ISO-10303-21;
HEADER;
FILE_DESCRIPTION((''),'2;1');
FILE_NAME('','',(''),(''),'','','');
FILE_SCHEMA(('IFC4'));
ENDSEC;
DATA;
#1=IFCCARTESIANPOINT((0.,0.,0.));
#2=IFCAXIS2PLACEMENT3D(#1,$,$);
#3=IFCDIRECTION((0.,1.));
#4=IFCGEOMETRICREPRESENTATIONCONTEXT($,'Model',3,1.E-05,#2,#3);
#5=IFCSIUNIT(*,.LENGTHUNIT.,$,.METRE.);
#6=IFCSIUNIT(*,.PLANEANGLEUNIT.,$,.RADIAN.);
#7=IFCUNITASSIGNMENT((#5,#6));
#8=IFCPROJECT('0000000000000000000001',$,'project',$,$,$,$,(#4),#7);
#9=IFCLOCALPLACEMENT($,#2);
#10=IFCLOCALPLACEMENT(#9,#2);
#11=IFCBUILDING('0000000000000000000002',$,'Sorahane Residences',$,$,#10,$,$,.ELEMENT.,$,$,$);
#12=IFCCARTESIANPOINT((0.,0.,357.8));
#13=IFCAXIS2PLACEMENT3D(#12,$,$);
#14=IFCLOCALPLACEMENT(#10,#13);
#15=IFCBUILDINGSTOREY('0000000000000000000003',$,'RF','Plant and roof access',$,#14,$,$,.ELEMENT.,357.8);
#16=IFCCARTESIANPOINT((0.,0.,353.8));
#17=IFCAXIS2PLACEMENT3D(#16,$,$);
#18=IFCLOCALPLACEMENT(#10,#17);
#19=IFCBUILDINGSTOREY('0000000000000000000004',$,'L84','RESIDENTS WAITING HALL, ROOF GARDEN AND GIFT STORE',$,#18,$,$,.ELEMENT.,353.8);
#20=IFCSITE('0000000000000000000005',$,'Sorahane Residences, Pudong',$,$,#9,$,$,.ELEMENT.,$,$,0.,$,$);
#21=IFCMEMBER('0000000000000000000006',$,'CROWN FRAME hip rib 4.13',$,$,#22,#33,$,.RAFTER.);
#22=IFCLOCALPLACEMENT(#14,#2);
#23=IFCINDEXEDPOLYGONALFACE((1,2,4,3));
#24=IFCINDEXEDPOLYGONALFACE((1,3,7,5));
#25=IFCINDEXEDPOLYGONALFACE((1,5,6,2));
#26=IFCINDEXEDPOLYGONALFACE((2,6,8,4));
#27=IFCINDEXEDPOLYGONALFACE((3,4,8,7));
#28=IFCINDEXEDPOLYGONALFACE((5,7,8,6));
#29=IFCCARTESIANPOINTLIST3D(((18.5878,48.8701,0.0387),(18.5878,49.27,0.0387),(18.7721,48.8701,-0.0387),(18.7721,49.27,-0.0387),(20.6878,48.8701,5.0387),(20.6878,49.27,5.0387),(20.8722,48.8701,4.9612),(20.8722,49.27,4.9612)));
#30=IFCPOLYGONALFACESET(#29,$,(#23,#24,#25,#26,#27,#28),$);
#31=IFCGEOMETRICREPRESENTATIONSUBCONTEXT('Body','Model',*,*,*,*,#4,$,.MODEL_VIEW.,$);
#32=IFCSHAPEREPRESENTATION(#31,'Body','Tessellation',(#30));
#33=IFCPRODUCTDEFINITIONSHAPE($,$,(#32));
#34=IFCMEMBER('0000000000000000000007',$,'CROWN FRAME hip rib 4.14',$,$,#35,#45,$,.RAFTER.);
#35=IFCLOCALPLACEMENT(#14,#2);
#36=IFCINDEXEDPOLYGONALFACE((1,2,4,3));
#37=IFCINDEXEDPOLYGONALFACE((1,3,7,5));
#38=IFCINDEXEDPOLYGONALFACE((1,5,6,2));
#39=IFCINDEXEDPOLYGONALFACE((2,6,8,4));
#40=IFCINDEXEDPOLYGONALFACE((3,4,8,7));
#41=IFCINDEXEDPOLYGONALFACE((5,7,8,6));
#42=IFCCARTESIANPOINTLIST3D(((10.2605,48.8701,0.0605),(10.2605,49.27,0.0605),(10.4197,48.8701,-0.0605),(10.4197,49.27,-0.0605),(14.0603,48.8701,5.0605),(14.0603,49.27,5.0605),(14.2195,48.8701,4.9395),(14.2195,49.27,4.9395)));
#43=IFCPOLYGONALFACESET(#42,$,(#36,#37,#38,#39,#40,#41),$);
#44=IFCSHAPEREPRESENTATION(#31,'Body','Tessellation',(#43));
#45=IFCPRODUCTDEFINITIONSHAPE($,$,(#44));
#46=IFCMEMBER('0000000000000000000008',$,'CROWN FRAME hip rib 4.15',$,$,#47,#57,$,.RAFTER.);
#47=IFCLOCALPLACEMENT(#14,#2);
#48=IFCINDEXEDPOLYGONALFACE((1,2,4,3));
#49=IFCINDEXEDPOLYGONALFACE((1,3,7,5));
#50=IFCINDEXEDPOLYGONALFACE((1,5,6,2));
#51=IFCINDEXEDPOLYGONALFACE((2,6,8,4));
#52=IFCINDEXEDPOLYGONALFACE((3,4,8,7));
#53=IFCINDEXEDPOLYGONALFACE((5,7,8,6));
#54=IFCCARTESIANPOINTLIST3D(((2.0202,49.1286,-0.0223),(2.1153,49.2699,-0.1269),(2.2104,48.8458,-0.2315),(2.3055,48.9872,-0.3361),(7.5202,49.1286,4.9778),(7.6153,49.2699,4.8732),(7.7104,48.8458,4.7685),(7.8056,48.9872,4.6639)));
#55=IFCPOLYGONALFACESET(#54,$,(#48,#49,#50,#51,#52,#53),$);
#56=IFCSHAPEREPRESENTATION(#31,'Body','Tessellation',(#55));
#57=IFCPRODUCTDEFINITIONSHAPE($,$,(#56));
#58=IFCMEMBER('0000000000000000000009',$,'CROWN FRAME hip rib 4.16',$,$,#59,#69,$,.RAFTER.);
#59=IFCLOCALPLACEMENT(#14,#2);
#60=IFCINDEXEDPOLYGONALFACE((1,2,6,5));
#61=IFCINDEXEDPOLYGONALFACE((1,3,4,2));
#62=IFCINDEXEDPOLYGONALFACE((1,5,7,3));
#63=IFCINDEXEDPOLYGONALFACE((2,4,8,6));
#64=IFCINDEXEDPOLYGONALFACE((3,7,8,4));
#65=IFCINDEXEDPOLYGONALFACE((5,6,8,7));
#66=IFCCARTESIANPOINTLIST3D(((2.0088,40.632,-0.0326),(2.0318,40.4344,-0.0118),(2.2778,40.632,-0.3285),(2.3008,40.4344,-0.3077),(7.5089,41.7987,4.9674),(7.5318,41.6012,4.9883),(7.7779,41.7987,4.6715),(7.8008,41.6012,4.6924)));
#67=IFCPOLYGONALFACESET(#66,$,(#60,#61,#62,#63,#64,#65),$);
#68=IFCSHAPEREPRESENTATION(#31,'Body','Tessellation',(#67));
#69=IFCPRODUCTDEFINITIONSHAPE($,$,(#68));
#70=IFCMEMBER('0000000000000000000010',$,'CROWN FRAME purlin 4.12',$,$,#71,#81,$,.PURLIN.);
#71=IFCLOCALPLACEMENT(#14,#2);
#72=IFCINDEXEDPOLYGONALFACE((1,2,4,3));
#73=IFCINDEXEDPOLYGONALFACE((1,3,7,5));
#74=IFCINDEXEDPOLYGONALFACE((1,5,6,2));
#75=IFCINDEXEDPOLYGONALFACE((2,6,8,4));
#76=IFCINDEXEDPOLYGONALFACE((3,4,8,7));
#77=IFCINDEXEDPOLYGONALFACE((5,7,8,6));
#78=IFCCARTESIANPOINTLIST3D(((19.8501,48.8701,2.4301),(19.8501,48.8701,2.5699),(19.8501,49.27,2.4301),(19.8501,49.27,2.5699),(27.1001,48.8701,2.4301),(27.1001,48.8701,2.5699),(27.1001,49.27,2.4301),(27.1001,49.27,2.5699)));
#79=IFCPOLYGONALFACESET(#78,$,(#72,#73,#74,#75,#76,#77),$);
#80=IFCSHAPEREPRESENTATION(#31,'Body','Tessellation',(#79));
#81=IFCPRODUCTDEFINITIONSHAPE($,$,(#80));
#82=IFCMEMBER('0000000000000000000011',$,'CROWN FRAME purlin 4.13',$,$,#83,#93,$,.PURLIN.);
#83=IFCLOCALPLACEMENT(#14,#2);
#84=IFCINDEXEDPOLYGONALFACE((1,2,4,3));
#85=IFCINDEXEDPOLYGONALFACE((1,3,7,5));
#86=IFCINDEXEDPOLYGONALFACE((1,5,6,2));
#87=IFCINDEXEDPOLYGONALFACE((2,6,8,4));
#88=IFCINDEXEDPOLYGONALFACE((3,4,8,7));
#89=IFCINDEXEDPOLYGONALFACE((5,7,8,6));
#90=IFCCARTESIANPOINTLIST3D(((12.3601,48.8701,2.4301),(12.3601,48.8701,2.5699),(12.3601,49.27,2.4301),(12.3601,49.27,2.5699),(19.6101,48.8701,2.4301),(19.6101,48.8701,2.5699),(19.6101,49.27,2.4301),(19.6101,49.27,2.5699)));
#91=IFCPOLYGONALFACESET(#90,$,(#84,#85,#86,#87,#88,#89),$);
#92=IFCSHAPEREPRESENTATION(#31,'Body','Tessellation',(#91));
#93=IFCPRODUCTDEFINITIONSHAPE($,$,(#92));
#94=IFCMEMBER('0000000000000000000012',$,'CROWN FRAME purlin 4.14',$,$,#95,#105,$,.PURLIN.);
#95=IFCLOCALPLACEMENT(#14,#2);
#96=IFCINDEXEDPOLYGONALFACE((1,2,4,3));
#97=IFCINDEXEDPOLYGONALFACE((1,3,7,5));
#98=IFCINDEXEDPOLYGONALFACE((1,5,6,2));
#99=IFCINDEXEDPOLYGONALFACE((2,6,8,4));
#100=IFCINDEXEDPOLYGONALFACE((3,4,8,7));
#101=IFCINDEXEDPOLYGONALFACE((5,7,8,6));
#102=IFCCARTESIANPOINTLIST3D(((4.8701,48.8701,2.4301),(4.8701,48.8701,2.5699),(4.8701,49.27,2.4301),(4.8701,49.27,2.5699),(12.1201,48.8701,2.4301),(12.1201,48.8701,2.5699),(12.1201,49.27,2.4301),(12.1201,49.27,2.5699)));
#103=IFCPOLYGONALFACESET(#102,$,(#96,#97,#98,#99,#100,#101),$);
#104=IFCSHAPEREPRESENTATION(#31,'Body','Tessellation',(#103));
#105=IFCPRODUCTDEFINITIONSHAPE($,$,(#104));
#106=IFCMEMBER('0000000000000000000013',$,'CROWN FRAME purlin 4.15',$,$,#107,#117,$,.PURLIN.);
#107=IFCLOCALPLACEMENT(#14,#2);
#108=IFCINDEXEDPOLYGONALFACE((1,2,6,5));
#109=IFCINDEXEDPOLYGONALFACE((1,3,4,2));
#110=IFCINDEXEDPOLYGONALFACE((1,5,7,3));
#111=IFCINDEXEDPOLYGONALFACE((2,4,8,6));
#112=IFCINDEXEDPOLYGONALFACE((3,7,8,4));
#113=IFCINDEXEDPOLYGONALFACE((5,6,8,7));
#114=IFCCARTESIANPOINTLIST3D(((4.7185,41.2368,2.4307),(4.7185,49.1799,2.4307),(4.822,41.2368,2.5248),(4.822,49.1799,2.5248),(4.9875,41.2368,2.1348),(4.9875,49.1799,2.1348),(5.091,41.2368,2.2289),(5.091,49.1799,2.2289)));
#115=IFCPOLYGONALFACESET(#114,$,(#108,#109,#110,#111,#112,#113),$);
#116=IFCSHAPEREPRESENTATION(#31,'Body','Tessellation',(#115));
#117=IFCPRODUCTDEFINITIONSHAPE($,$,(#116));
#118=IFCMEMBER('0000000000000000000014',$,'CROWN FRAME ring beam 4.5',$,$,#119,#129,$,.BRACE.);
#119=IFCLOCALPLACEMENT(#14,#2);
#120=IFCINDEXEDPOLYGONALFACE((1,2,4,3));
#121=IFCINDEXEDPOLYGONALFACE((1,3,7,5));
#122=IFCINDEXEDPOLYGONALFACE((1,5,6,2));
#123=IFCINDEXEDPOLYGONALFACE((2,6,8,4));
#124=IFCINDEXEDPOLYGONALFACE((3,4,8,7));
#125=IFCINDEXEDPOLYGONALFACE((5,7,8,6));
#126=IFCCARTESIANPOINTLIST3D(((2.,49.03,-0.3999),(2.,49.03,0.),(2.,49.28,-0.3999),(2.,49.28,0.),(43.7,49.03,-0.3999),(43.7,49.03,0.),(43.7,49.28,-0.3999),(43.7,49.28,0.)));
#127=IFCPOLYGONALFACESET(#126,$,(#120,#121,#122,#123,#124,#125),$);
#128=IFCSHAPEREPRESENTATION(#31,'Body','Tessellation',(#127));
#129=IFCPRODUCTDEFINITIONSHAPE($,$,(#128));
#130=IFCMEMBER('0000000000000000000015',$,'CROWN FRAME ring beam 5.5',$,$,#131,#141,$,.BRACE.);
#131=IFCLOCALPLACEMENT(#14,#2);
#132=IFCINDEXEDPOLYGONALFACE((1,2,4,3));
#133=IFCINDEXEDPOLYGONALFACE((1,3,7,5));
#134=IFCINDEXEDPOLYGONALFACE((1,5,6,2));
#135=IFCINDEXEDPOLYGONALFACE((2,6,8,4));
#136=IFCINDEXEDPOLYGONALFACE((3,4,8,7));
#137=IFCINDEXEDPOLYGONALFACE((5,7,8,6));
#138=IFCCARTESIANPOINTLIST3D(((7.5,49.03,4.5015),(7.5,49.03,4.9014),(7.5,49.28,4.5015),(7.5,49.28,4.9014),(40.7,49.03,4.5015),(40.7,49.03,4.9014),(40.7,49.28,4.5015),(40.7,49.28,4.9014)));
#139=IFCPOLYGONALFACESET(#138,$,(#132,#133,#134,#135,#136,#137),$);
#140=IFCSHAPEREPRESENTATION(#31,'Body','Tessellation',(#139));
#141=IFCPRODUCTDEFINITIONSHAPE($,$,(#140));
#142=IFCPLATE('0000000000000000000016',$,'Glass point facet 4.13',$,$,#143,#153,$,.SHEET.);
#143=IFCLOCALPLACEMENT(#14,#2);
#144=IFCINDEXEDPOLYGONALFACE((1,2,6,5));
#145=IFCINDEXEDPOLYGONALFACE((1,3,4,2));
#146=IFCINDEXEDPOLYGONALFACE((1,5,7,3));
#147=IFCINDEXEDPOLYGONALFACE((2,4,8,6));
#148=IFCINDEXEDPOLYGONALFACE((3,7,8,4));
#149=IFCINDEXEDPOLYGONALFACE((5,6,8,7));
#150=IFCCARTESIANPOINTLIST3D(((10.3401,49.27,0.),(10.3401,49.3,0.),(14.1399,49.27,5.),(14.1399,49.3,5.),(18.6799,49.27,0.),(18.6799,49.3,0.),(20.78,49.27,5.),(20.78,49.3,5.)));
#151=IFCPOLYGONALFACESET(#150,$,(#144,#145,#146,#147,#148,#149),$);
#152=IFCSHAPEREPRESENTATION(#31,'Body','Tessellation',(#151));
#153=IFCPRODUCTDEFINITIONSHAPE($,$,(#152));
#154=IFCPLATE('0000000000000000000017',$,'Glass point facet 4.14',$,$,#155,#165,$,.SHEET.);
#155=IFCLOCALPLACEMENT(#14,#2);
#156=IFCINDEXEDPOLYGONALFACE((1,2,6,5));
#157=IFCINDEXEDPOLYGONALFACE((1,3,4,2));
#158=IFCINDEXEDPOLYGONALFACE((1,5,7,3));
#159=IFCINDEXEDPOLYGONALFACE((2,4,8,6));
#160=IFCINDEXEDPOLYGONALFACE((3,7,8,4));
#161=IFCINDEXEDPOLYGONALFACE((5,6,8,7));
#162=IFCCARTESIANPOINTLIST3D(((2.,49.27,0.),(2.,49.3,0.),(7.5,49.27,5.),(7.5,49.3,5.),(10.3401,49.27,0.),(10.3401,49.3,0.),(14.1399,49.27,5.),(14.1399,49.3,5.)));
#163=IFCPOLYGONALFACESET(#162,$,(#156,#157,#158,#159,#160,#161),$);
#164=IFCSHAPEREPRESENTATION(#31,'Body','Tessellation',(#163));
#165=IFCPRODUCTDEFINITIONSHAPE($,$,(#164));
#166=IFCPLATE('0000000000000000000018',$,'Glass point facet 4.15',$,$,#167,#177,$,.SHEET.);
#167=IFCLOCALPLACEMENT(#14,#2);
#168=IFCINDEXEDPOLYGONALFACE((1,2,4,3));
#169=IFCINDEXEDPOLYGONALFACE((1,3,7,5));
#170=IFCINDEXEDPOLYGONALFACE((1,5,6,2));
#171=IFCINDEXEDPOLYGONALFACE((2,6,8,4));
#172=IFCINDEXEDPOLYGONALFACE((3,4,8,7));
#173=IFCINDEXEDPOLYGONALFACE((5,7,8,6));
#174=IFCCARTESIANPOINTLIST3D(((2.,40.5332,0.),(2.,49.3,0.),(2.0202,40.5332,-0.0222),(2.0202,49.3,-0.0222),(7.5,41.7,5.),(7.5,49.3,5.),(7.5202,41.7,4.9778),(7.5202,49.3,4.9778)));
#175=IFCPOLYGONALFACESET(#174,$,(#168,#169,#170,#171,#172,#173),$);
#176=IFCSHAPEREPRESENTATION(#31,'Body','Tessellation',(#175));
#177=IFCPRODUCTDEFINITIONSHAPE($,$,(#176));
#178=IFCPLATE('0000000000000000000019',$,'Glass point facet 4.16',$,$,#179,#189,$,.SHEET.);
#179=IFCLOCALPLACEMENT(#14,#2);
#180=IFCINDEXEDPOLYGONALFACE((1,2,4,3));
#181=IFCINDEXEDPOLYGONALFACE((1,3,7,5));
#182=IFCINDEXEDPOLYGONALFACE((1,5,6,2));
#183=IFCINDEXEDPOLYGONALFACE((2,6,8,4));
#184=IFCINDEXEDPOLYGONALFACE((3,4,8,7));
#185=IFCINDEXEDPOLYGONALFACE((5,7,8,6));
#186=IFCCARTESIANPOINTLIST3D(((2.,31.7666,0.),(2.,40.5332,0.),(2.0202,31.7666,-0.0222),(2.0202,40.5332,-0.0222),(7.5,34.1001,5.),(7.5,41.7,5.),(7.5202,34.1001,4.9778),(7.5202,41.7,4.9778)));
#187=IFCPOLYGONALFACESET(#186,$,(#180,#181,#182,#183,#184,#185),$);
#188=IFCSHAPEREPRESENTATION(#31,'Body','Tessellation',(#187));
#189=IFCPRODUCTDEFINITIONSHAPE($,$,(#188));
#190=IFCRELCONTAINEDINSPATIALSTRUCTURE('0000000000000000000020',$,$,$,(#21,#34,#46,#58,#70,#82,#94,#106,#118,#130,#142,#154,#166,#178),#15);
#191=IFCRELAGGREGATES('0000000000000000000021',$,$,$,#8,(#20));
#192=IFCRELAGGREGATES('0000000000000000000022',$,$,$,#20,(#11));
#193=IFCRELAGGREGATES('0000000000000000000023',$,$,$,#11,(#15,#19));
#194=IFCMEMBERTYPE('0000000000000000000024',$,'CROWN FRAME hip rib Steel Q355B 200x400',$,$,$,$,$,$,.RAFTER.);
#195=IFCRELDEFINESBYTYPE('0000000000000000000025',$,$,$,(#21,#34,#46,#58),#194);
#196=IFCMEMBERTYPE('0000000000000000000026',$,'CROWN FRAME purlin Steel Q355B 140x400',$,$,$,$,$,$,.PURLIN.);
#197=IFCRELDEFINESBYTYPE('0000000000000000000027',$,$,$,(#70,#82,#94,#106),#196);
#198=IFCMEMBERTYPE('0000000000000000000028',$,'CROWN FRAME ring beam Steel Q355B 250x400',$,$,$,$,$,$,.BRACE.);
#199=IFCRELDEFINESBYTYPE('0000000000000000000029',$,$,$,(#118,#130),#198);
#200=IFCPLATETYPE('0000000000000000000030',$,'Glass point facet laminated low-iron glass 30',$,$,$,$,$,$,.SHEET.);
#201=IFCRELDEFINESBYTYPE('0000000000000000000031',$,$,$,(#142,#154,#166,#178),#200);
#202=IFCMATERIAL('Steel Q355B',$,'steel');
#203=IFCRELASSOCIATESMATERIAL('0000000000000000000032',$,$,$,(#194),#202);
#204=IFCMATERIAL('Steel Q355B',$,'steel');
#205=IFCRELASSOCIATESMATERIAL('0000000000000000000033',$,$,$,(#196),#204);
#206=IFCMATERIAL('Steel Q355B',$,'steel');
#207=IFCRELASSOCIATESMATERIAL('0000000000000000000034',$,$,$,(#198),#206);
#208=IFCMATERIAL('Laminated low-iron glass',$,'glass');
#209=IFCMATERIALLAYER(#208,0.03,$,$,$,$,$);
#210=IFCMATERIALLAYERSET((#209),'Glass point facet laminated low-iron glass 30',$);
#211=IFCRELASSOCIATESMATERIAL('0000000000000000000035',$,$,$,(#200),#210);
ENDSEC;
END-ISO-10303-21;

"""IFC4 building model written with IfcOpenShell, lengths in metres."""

from ifc_helpers import new_model, si_unit, direction, frame, origin, origin_2d, place, context, subcontext, project, spatial, polyline, rectangle, outline, extrude, material, layer, layer_set, material_profile, profile_set, type_object, element, save


model = new_model("IFC4")

# Units and contexts
model_context = context("Model", 3, precision=1e-05, world=origin(), true_north=direction((0.0, 1.0)))
body_context = subcontext(model_context, "Body", "Model", "MODEL_VIEW")
ifc_project = project(units=[si_unit("LENGTHUNIT", "METRE"), si_unit("PLANEANGLEUNIT", "RADIAN")], contexts=[model_context])

# Site, building, storey
site_placement = place(None, origin())
site = spatial("IfcSite", under=ifc_project, at=site_placement, Name="Sorahane Residences, Pudong", CompositionType="ELEMENT", RefElevation=0.0)
building_placement = place(site_placement, origin())
building = spatial("IfcBuilding", under=site, at=building_placement, Name="Sorahane Residences", CompositionType="ELEMENT")
storey_1_placement = place(building_placement, frame((0.0, 0.0, 357.8)))
storey_1 = spatial("IfcBuildingStorey", under=building, at=storey_1_placement, Name="RF", Description="Plant and roof access", CompositionType="ELEMENT", Elevation=357.8)

# Members
ifc_material_1 = material(Name="Steel Q355B", Category="steel")
ifc_material_profile_1 = material_profile(ifc_material_1, rectangle(XDim=0.2, YDim=0.3999, at=origin_2d()), Name="CROWN FRAME hip rib Steel Q355B 200x400")
ifc_profile_set_1 = profile_set([ifc_material_profile_1], Name="Steel Q355B")
member_type_1 = type_object("IfcMemberType", Name="CROWN FRAME hip rib Steel Q355B 200x400", PredefinedType="RAFTER", material=ifc_profile_set_1)
member_1_placement = place(storey_1_placement, frame((18.6799, 49.0701, 0.0), z_axis=(0.387248, 0.0, 0.921976), x_axis=(0.921976, 0.0, -0.387248)))
element("IfcMember", 1, at=member_1_placement, inside=storey_1, type_object=member_type_1, Name="CROWN FRAME hip rib 4.13", PredefinedType="RAFTER", context=body_context, shape_type="SweptSolid", body=[
    extrude(rectangle(XDim=0.2, YDim=0.3999, at=origin_2d()), origin(), (0.0, 0.0, 1.0), 5.4231),
])
member_2_placement = place(storey_1_placement, frame((10.3401, 49.0701, 0.0), z_axis=(0.605064, 0.0, 0.796177), x_axis=(0.796177, 0.0, -0.605064)))
element("IfcMember", 2, at=member_2_placement, inside=storey_1, type_object=member_type_1, Name="CROWN FRAME hip rib 4.14", PredefinedType="RAFTER", context=body_context, shape_type="SweptSolid", body=[
    extrude(rectangle(XDim=0.2, YDim=0.3999, at=origin_2d()), origin(), (0.0, 0.0, 1.0), 6.28),
])
member_3_placement = place(storey_1_placement, frame((2.1628, 49.0579, -0.1792), z_axis=(0.73994, 0.0, 0.672673), x_axis=(0.475651, 0.707107, -0.523217)))
element("IfcMember", 3, at=member_3_placement, inside=storey_1, type_object=member_type_1, Name="CROWN FRAME hip rib 4.15", PredefinedType="RAFTER", context=body_context, shape_type="SweptSolid", body=[
    extrude(rectangle(XDim=0.2, YDim=0.3999, at=origin_2d()), origin(), (0.0, 0.0, 1.0), 7.4331),
])
member_4_placement = place(storey_1_placement, frame((2.1548, 40.5332, -0.1702), z_axis=(0.730989, 0.155069, 0.664536), x_axis=(-0.114748, 0.987904, -0.104304)))
element("IfcMember", 4, at=member_4_placement, inside=storey_1, type_object=member_type_1, Name="CROWN FRAME hip rib 4.16", PredefinedType="RAFTER", context=body_context, shape_type="SweptSolid", body=[
    extrude(rectangle(XDim=0.2, YDim=0.3999, at=origin_2d()), origin(), (0.0, 0.0, 1.0), 7.5242),
])
ifc_material_2 = material(Name="Steel Q355B", Category="steel")
ifc_material_profile_2 = material_profile(ifc_material_2, rectangle(XDim=0.1399, YDim=0.3999, at=origin_2d()), Name="CROWN FRAME purlin Steel Q355B 140x400")
ifc_profile_set_2 = profile_set([ifc_material_profile_2], Name="Steel Q355B")
member_type_2 = type_object("IfcMemberType", Name="CROWN FRAME purlin Steel Q355B 140x400", PredefinedType="PURLIN", material=ifc_profile_set_2)
for number, where, z_axis, x_axis, name in (
    (5, (19.8501, 49.0701, 2.5), (1.0, 0.0, 0.0), (0.0, 0.0, -1.0), "CROWN FRAME purlin 4.12"),
    (6, (12.3601, 49.0701, 2.5), (1.0, 0.0, 0.0), (0.0, 0.0, -1.0), "CROWN FRAME purlin 4.13"),
    (7, (4.8701, 49.0701, 2.5), (1.0, 0.0, 0.0), (0.0, 0.0, -1.0), "CROWN FRAME purlin 4.14"),
):
    element("IfcMember", number, at=place(storey_1_placement, frame(where, z_axis=z_axis, x_axis=x_axis)), inside=storey_1, type_object=member_type_2, Name=name, PredefinedType="PURLIN", context=body_context, shape_type="SweptSolid", body=[
        extrude(rectangle(XDim=0.1399, YDim=0.3999, at=origin_2d()), origin(), (0.0, 0.0, 1.0), 7.25),
    ])
member_5_placement = place(storey_1_placement, frame((4.9048, 41.2368, 2.3298), z_axis=(0.0, 1.0, 0.0), x_axis=(-0.73994, 0.0, -0.672673)))
element("IfcMember", 8, at=member_5_placement, inside=storey_1, type_object=member_type_2, Name="CROWN FRAME purlin 4.15", PredefinedType="PURLIN", context=body_context, shape_type="SweptSolid", body=[
    extrude(rectangle(XDim=0.1399, YDim=0.3999, at=origin_2d()), origin(), (0.0, 0.0, 1.0), 7.9431),
])
ifc_material_3 = material(Name="Steel Q355B", Category="steel")
ifc_material_profile_3 = material_profile(ifc_material_3, rectangle(XDim=0.25, YDim=0.3999, at=origin_2d()), Name="CROWN FRAME ring beam Steel Q355B 250x400")
ifc_profile_set_3 = profile_set([ifc_material_profile_3], Name="Steel Q355B")
member_type_3 = type_object("IfcMemberType", Name="CROWN FRAME ring beam Steel Q355B 250x400", PredefinedType="BRACE", material=ifc_profile_set_3)
member_6_placement = place(storey_1_placement, frame((2.0, 49.155, -0.2), z_axis=(1.0, 0.0, 0.0), x_axis=(0.0, 1.0, 0.0)))
element("IfcMember", 9, at=member_6_placement, inside=storey_1, type_object=member_type_3, Name="CROWN FRAME ring beam 4.5", PredefinedType="BRACE", context=body_context, shape_type="SweptSolid", body=[
    extrude(rectangle(XDim=0.25, YDim=0.3999, at=origin_2d()), origin(), (0.0, 0.0, 1.0), 41.7),
])
member_7_placement = place(storey_1_placement, frame((7.5, 49.155, 4.7014), z_axis=(1.0, 0.0, 0.0), x_axis=(0.0, 1.0, 0.0)))
element("IfcMember", 10, at=member_7_placement, inside=storey_1, type_object=member_type_3, Name="CROWN FRAME ring beam 5.5", PredefinedType="BRACE", context=body_context, shape_type="SweptSolid", body=[
    extrude(rectangle(XDim=0.25, YDim=0.3999, at=origin_2d()), origin(), (0.0, 0.0, 1.0), 33.2),
])

# Plates
ifc_material_4 = material(Name="Laminated low-iron glass", Category="glass")
ifc_layer_1 = layer(ifc_material_4, 0.03)
ifc_layer_set_1 = layer_set([ifc_layer_1], Name="Glass point facet laminated low-iron glass 30")
plate_type = type_object("IfcPlateType", Name="Glass point facet laminated low-iron glass 30", PredefinedType="SHEET", material=ifc_layer_set_1)
plate_1_placement = place(storey_1_placement, frame((18.6799, 49.3, 0.0), z_axis=(0.0, 1.0, 0.0), x_axis=(-1.0, 0.0, 0.0)))
element("IfcPlate", 11, at=plate_1_placement, inside=storey_1, type_object=plate_type, Name="Glass point facet 4.13", PredefinedType="SHEET", context=body_context, shape_type="SweptSolid", body=[
    extrude(outline(polyline([(0.0, 0.0), (8.3398, 0.0), (4.54, 5.0), (-2.1001, 5.0), (0.0, 0.0)])), origin(), (0.0, 0.0, -1.0), 0.03),
])
plate_2_placement = place(storey_1_placement, frame((10.3401, 49.3, 0.0), z_axis=(0.0, 1.0, 0.0), x_axis=(-1.0, 0.0, 0.0)))
element("IfcPlate", 12, at=plate_2_placement, inside=storey_1, type_object=plate_type, Name="Glass point facet 4.14", PredefinedType="SHEET", context=body_context, shape_type="SweptSolid", body=[
    extrude(outline(polyline([(0.0, 0.0), (8.3401, 0.0), (2.8401, 5.0), (-3.7998, 5.0), (0.0, 0.0)])), origin(), (0.0, 0.0, -1.0), 0.03),
])
plate_3_placement = place(storey_1_placement, frame((2.0, 49.3, 0.0), z_axis=(-0.672673, 0.0, 0.73994), x_axis=(0.0, -1.0, 0.0)))
element("IfcPlate", 13, at=plate_3_placement, inside=storey_1, type_object=plate_type, Name="Glass point facet 4.15", PredefinedType="SHEET", context=body_context, shape_type="SweptSolid", body=[
    extrude(outline(polyline([(0.0, 0.0), (8.7668, 0.0), (7.6001, 7.433), (0.0, 7.433), (0.0, 0.0)])), origin(), (0.0, 0.0, -1.0), 0.03),
])
plate_4_placement = place(storey_1_placement, frame((2.0, 40.5332, 0.0), z_axis=(-0.672673, 0.0, 0.73994), x_axis=(0.0, -1.0, 0.0)))
element("IfcPlate", 14, at=plate_4_placement, inside=storey_1, type_object=plate_type, Name="Glass point facet 4.16", PredefinedType="SHEET", context=body_context, shape_type="SweptSolid", body=[
    extrude(outline(polyline([(0.0, 0.0), (8.7666, 0.0), (6.4331, 7.433), (-1.1667, 7.433), (0.0, 0.0)])), origin(), (0.0, 0.0, -1.0), 0.03),
])

# Shared definitions
storey_2_placement = place(building_placement, frame((0.0, 0.0, 353.8)))
storey_2 = spatial("IfcBuildingStorey", under=building, at=storey_2_placement, Name="L84", Description="RESIDENTS WAITING HALL, ROOF GARDEN AND GIFT STORE", CompositionType="ELEMENT", Elevation=353.8)

save(model, "model.ifc")
